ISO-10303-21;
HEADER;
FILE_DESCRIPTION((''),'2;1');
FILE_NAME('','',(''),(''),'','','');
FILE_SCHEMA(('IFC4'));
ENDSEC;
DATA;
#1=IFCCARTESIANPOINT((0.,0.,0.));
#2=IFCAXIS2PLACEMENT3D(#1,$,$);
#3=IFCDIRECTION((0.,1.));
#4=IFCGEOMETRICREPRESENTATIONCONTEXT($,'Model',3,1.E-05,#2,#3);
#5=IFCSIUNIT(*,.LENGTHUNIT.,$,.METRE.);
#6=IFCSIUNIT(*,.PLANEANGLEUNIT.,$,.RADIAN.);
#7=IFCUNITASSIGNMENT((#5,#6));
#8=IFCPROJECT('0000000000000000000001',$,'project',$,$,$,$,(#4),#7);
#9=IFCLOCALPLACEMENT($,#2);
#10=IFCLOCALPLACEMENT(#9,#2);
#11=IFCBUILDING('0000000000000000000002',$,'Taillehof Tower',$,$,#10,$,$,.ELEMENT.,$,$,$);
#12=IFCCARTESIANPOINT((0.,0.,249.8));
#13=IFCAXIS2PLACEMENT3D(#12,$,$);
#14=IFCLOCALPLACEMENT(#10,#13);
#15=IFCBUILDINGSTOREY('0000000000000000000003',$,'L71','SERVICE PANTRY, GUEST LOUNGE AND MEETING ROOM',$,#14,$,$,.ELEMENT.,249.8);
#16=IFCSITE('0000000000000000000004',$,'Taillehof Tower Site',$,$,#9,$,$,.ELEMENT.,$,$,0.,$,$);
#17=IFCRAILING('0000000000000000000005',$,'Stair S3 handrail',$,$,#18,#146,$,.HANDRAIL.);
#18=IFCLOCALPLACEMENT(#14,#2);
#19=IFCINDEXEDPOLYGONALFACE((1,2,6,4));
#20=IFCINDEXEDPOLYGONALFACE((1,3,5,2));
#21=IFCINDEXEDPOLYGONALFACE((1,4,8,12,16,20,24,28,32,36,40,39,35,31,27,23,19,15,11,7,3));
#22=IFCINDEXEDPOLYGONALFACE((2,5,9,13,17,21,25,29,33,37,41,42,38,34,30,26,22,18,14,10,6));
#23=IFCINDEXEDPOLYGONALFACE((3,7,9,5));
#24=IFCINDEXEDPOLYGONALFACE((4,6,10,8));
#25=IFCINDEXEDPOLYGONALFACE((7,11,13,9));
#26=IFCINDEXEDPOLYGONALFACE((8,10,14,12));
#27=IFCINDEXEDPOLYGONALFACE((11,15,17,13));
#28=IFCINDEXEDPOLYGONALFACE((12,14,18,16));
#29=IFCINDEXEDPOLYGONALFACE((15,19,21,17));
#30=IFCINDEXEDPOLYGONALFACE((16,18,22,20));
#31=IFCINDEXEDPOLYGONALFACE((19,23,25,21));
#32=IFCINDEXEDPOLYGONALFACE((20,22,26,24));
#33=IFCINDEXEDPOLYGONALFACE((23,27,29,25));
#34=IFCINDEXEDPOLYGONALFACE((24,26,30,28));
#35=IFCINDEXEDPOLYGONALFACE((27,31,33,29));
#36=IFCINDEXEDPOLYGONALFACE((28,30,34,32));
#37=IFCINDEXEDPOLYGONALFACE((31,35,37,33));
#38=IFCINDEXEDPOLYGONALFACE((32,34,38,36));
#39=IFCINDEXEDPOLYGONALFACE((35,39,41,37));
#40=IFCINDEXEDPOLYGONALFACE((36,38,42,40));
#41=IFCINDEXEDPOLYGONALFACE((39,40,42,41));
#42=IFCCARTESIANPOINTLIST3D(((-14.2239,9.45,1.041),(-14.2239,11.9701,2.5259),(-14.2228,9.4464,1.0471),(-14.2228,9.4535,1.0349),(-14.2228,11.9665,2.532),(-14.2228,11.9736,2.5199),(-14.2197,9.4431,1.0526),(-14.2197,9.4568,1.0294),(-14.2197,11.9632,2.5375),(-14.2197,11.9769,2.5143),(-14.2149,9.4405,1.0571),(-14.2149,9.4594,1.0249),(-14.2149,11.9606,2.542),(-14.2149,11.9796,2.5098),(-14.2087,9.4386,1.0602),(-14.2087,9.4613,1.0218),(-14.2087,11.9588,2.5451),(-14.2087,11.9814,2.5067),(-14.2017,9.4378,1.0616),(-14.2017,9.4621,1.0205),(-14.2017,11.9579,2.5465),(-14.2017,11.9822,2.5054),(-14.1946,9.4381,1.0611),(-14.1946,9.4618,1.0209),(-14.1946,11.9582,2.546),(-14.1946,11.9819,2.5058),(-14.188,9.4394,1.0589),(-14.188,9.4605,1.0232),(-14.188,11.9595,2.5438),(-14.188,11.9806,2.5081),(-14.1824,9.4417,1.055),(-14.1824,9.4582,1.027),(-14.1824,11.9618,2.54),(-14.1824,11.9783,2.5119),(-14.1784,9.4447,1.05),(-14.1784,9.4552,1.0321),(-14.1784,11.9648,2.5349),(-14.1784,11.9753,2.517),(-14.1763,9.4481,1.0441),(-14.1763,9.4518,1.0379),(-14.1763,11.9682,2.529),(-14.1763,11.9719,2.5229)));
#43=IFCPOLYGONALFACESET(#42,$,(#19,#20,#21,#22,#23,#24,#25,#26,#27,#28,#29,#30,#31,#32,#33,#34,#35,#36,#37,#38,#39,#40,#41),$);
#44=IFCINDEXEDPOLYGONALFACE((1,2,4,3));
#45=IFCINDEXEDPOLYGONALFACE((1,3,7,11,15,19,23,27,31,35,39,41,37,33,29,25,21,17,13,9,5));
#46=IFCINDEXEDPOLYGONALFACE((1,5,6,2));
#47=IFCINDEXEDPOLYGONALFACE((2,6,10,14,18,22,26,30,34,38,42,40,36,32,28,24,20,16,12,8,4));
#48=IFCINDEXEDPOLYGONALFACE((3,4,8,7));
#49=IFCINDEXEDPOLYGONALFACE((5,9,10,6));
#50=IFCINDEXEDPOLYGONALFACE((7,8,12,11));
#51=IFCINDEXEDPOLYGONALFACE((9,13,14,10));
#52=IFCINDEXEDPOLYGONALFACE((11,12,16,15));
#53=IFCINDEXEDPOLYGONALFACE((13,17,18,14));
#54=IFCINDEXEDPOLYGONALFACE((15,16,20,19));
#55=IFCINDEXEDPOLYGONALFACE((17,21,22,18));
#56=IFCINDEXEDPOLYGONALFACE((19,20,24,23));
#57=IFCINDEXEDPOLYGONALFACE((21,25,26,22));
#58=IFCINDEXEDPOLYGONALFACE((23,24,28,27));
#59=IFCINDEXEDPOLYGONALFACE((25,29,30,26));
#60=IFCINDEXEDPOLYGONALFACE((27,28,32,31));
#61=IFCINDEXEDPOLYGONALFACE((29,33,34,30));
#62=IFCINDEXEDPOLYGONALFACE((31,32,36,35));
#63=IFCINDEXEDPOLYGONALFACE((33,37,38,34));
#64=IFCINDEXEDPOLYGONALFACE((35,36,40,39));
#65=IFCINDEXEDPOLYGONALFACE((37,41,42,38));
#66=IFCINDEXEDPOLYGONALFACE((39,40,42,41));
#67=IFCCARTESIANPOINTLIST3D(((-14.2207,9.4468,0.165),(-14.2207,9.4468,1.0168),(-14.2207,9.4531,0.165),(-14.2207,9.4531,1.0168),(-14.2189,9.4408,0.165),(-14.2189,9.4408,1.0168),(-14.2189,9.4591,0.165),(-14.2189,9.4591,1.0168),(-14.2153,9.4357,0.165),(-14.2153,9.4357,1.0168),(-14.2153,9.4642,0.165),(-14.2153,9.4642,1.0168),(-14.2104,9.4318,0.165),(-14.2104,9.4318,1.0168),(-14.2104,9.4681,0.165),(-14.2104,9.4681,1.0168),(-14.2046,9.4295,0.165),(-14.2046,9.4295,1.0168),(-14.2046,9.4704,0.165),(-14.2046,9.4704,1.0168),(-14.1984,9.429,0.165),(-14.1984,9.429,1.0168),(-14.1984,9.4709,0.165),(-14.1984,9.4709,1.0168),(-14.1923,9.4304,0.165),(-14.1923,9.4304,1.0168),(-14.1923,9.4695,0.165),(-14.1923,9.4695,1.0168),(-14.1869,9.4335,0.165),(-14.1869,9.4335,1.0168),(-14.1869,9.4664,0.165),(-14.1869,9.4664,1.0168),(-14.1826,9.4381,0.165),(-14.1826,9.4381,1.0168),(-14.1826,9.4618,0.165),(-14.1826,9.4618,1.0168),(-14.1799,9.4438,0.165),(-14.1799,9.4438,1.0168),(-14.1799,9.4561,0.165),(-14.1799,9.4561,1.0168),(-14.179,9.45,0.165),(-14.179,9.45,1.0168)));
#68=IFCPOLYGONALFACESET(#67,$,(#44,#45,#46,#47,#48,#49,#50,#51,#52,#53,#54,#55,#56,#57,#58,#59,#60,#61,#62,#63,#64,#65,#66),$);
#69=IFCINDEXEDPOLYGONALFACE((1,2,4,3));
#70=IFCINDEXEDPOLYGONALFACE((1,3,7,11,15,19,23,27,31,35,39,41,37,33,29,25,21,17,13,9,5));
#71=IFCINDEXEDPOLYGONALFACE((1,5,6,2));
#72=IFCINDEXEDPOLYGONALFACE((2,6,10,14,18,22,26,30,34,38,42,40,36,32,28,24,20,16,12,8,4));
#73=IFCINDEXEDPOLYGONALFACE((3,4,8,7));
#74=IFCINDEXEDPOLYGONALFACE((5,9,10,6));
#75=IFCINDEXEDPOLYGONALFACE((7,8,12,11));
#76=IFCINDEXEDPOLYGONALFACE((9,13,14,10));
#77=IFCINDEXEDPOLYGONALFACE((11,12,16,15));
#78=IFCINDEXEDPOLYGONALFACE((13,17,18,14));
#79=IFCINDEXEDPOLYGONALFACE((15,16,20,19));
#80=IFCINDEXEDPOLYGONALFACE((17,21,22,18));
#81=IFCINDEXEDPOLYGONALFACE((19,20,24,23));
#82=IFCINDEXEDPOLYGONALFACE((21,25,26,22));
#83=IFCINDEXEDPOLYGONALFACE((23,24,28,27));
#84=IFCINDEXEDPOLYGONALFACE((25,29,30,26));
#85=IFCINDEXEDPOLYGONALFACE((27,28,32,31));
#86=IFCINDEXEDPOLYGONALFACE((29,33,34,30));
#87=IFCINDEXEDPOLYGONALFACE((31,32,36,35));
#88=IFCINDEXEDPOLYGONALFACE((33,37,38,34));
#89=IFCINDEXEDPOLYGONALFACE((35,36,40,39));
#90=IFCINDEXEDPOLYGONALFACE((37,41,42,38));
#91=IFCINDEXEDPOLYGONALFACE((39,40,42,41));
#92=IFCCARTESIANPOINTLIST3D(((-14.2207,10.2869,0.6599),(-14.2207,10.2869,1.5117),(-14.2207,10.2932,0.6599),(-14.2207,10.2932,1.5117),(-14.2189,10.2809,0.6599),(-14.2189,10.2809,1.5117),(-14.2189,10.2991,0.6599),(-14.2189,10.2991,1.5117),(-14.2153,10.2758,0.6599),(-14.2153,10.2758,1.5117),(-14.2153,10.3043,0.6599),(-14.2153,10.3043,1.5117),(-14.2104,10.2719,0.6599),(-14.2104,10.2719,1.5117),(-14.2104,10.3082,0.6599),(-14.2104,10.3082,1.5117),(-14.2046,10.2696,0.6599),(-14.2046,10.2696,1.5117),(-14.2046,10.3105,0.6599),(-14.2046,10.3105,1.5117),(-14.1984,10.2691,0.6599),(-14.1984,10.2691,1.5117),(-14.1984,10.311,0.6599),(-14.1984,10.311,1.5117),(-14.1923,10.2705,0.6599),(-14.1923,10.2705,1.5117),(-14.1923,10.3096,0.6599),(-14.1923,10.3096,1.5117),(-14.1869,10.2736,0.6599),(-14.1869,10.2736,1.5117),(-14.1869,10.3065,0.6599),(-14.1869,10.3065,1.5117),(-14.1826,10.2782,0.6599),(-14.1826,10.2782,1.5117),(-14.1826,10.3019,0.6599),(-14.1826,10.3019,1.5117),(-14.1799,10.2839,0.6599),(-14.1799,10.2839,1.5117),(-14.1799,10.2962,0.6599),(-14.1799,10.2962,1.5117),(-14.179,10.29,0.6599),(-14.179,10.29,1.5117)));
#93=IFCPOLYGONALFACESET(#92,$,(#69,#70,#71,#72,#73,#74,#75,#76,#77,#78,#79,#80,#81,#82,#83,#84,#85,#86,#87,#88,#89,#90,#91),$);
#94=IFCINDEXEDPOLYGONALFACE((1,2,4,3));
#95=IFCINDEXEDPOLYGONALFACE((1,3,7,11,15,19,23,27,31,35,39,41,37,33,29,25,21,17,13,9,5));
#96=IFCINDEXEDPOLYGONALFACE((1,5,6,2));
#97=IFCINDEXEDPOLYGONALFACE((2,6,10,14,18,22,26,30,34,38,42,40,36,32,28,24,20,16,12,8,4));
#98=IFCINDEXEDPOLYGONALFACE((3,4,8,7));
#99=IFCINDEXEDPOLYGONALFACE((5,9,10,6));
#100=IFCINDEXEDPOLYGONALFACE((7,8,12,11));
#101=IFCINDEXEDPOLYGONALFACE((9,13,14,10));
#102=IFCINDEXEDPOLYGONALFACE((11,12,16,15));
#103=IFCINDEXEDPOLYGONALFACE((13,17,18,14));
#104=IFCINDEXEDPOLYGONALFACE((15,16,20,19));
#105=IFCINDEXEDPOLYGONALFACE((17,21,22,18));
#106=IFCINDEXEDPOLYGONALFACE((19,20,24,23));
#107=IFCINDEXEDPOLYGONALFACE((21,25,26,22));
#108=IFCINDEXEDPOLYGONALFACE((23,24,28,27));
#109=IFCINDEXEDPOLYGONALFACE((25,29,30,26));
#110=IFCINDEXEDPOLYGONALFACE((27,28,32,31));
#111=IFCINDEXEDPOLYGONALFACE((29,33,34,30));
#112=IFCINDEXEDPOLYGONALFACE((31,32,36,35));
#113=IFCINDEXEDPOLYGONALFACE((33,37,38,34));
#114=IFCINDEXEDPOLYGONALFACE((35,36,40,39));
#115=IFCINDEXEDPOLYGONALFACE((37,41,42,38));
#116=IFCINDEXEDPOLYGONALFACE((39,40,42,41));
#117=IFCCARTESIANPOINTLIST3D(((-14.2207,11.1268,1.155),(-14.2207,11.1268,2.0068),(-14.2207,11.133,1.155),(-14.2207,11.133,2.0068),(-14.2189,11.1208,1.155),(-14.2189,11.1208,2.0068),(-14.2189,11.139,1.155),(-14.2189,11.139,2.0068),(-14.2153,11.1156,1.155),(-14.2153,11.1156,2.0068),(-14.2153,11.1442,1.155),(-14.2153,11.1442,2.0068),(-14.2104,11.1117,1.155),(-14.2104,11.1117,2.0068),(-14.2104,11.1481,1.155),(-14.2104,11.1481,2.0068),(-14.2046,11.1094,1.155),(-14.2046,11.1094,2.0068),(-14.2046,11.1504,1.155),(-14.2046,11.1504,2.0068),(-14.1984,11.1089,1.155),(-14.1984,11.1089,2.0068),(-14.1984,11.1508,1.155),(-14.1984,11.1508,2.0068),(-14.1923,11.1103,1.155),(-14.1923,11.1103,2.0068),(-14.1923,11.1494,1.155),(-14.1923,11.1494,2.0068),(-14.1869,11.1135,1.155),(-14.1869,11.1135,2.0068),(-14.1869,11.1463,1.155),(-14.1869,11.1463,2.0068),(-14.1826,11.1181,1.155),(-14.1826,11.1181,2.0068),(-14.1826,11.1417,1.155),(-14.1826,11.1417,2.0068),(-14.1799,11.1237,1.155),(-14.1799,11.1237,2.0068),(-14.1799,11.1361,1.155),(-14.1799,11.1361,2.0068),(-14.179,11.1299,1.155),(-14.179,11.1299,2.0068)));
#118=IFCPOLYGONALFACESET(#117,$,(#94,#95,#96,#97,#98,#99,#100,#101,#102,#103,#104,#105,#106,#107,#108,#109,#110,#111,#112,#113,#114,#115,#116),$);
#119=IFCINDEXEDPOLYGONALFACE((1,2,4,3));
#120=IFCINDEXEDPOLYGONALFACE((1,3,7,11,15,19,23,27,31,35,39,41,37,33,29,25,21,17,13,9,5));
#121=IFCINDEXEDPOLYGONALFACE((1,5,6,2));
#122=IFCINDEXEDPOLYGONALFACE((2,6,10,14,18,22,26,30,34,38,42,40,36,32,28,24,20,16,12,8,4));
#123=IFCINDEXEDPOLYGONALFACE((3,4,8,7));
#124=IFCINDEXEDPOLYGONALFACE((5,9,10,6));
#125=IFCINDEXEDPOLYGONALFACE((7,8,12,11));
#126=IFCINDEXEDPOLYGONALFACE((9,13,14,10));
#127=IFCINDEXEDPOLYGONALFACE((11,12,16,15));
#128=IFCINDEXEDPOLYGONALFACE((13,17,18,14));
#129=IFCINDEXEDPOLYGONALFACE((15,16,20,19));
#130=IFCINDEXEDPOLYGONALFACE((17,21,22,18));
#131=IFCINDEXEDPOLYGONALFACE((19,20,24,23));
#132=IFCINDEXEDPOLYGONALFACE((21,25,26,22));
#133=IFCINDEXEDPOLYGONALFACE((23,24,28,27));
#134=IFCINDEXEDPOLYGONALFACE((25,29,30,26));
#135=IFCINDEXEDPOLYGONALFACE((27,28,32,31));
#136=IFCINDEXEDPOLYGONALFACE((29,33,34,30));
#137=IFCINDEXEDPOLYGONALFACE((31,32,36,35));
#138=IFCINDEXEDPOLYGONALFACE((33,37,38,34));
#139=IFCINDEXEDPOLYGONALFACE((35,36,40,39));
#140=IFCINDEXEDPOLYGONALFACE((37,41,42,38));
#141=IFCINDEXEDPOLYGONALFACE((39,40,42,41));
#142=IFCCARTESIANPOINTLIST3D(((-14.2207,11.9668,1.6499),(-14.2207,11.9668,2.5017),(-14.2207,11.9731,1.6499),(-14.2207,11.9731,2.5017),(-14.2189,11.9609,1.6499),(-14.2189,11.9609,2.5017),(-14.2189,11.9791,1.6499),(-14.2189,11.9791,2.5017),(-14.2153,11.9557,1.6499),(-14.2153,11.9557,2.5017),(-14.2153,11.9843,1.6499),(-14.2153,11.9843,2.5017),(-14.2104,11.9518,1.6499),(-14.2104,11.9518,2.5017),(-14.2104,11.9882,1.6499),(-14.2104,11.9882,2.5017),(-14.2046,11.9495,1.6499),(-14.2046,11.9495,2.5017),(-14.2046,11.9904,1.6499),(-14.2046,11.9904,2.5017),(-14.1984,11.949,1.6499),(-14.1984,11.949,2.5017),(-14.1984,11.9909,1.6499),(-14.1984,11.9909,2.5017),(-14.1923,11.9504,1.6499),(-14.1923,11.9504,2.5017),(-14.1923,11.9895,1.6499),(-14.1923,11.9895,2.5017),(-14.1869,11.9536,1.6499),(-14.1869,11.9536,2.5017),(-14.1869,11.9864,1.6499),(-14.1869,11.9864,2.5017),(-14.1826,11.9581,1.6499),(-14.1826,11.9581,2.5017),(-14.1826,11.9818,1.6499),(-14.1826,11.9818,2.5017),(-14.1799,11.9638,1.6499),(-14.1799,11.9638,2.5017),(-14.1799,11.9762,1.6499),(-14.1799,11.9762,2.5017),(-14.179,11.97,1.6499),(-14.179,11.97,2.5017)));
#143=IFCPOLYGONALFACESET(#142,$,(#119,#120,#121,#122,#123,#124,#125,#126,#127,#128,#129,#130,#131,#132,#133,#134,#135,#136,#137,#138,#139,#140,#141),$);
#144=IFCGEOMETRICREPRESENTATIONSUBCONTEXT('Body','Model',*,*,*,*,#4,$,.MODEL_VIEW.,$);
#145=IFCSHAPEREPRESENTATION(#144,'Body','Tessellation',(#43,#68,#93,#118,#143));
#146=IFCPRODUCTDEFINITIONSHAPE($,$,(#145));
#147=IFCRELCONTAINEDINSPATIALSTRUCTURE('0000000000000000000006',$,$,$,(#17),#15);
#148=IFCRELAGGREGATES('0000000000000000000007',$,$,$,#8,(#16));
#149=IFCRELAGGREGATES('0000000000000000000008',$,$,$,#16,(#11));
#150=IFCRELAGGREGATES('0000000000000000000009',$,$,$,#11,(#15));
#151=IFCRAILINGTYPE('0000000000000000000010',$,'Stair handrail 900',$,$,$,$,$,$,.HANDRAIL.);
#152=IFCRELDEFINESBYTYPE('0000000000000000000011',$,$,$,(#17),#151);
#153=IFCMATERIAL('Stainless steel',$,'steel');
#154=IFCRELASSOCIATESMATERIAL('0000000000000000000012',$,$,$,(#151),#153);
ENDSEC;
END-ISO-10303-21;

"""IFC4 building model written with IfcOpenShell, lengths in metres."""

from ifc_helpers import new_model, si_unit, direction, frame, origin, origin_2d, place, context, subcontext, project, spatial, circle, extrude, material, type_object, element, save


model = new_model("IFC4")

# Units and contexts
model_context = context("Model", 3, precision=1e-05, world=origin(), true_north=direction((0.0, 1.0)))
body_context = subcontext(model_context, "Body", "Model", "MODEL_VIEW")
ifc_project = project(units=[si_unit("LENGTHUNIT", "METRE"), si_unit("PLANEANGLEUNIT", "RADIAN")], contexts=[model_context])

# Site, building, storey
site_placement = place(None, origin())
site = spatial("IfcSite", under=ifc_project, at=site_placement, Name="Taillehof Tower Site", CompositionType="ELEMENT", RefElevation=0.0)
building_placement = place(site_placement, origin())
building = spatial("IfcBuilding", under=site, at=building_placement, Name="Taillehof Tower", CompositionType="ELEMENT")
storey_placement = place(building_placement, frame((0.0, 0.0, 249.8)))
storey = spatial("IfcBuildingStorey", under=building, at=storey_placement, Name="L71", Description="SERVICE PANTRY, GUEST LOUNGE AND MEETING ROOM", CompositionType="ELEMENT", Elevation=249.8)

# Railing
ifc_material_1 = material(Name="Stainless steel", Category="steel")
railing_type = type_object("IfcRailingType", Name="Stair handrail 900", PredefinedType="HANDRAIL", material=ifc_material_1)
railing_placement = place(storey_placement, frame((-14.2, 9.45, 0.165)))
element("IfcRailing", 1, at=railing_placement, inside=storey, type_object=railing_type, Name="Stair S3 handrail", PredefinedType="HANDRAIL", context=body_context, shape_type="SweptSolid", body=[
    extrude(circle(Radius=0.0239, at=origin_2d()), frame((0.0, 0.0, 0.876), z_axis=(0.0, 0.861561, 0.507655), x_axis=(-1.0, 0.0, 0.0)), (0.0, 0.0, 1.0), 2.925),
    extrude(circle(Radius=0.021, at=origin_2d()), origin(), (0.0, 0.0, 1.0), 0.8518),
    extrude(circle(Radius=0.021, at=origin_2d()), frame((0.0, 0.8401, 0.4949)), (0.0, 0.0, 1.0), 0.8518),
    extrude(circle(Radius=0.021, at=origin_2d()), frame((0.0, 1.6799, 0.99)), (0.0, 0.0, 1.0), 0.8518),
    extrude(circle(Radius=0.021, at=origin_2d()), frame((0.0, 2.52, 1.4849)), (0.0, 0.0, 1.0), 0.8518),
])

save(model, "model.ifc")
